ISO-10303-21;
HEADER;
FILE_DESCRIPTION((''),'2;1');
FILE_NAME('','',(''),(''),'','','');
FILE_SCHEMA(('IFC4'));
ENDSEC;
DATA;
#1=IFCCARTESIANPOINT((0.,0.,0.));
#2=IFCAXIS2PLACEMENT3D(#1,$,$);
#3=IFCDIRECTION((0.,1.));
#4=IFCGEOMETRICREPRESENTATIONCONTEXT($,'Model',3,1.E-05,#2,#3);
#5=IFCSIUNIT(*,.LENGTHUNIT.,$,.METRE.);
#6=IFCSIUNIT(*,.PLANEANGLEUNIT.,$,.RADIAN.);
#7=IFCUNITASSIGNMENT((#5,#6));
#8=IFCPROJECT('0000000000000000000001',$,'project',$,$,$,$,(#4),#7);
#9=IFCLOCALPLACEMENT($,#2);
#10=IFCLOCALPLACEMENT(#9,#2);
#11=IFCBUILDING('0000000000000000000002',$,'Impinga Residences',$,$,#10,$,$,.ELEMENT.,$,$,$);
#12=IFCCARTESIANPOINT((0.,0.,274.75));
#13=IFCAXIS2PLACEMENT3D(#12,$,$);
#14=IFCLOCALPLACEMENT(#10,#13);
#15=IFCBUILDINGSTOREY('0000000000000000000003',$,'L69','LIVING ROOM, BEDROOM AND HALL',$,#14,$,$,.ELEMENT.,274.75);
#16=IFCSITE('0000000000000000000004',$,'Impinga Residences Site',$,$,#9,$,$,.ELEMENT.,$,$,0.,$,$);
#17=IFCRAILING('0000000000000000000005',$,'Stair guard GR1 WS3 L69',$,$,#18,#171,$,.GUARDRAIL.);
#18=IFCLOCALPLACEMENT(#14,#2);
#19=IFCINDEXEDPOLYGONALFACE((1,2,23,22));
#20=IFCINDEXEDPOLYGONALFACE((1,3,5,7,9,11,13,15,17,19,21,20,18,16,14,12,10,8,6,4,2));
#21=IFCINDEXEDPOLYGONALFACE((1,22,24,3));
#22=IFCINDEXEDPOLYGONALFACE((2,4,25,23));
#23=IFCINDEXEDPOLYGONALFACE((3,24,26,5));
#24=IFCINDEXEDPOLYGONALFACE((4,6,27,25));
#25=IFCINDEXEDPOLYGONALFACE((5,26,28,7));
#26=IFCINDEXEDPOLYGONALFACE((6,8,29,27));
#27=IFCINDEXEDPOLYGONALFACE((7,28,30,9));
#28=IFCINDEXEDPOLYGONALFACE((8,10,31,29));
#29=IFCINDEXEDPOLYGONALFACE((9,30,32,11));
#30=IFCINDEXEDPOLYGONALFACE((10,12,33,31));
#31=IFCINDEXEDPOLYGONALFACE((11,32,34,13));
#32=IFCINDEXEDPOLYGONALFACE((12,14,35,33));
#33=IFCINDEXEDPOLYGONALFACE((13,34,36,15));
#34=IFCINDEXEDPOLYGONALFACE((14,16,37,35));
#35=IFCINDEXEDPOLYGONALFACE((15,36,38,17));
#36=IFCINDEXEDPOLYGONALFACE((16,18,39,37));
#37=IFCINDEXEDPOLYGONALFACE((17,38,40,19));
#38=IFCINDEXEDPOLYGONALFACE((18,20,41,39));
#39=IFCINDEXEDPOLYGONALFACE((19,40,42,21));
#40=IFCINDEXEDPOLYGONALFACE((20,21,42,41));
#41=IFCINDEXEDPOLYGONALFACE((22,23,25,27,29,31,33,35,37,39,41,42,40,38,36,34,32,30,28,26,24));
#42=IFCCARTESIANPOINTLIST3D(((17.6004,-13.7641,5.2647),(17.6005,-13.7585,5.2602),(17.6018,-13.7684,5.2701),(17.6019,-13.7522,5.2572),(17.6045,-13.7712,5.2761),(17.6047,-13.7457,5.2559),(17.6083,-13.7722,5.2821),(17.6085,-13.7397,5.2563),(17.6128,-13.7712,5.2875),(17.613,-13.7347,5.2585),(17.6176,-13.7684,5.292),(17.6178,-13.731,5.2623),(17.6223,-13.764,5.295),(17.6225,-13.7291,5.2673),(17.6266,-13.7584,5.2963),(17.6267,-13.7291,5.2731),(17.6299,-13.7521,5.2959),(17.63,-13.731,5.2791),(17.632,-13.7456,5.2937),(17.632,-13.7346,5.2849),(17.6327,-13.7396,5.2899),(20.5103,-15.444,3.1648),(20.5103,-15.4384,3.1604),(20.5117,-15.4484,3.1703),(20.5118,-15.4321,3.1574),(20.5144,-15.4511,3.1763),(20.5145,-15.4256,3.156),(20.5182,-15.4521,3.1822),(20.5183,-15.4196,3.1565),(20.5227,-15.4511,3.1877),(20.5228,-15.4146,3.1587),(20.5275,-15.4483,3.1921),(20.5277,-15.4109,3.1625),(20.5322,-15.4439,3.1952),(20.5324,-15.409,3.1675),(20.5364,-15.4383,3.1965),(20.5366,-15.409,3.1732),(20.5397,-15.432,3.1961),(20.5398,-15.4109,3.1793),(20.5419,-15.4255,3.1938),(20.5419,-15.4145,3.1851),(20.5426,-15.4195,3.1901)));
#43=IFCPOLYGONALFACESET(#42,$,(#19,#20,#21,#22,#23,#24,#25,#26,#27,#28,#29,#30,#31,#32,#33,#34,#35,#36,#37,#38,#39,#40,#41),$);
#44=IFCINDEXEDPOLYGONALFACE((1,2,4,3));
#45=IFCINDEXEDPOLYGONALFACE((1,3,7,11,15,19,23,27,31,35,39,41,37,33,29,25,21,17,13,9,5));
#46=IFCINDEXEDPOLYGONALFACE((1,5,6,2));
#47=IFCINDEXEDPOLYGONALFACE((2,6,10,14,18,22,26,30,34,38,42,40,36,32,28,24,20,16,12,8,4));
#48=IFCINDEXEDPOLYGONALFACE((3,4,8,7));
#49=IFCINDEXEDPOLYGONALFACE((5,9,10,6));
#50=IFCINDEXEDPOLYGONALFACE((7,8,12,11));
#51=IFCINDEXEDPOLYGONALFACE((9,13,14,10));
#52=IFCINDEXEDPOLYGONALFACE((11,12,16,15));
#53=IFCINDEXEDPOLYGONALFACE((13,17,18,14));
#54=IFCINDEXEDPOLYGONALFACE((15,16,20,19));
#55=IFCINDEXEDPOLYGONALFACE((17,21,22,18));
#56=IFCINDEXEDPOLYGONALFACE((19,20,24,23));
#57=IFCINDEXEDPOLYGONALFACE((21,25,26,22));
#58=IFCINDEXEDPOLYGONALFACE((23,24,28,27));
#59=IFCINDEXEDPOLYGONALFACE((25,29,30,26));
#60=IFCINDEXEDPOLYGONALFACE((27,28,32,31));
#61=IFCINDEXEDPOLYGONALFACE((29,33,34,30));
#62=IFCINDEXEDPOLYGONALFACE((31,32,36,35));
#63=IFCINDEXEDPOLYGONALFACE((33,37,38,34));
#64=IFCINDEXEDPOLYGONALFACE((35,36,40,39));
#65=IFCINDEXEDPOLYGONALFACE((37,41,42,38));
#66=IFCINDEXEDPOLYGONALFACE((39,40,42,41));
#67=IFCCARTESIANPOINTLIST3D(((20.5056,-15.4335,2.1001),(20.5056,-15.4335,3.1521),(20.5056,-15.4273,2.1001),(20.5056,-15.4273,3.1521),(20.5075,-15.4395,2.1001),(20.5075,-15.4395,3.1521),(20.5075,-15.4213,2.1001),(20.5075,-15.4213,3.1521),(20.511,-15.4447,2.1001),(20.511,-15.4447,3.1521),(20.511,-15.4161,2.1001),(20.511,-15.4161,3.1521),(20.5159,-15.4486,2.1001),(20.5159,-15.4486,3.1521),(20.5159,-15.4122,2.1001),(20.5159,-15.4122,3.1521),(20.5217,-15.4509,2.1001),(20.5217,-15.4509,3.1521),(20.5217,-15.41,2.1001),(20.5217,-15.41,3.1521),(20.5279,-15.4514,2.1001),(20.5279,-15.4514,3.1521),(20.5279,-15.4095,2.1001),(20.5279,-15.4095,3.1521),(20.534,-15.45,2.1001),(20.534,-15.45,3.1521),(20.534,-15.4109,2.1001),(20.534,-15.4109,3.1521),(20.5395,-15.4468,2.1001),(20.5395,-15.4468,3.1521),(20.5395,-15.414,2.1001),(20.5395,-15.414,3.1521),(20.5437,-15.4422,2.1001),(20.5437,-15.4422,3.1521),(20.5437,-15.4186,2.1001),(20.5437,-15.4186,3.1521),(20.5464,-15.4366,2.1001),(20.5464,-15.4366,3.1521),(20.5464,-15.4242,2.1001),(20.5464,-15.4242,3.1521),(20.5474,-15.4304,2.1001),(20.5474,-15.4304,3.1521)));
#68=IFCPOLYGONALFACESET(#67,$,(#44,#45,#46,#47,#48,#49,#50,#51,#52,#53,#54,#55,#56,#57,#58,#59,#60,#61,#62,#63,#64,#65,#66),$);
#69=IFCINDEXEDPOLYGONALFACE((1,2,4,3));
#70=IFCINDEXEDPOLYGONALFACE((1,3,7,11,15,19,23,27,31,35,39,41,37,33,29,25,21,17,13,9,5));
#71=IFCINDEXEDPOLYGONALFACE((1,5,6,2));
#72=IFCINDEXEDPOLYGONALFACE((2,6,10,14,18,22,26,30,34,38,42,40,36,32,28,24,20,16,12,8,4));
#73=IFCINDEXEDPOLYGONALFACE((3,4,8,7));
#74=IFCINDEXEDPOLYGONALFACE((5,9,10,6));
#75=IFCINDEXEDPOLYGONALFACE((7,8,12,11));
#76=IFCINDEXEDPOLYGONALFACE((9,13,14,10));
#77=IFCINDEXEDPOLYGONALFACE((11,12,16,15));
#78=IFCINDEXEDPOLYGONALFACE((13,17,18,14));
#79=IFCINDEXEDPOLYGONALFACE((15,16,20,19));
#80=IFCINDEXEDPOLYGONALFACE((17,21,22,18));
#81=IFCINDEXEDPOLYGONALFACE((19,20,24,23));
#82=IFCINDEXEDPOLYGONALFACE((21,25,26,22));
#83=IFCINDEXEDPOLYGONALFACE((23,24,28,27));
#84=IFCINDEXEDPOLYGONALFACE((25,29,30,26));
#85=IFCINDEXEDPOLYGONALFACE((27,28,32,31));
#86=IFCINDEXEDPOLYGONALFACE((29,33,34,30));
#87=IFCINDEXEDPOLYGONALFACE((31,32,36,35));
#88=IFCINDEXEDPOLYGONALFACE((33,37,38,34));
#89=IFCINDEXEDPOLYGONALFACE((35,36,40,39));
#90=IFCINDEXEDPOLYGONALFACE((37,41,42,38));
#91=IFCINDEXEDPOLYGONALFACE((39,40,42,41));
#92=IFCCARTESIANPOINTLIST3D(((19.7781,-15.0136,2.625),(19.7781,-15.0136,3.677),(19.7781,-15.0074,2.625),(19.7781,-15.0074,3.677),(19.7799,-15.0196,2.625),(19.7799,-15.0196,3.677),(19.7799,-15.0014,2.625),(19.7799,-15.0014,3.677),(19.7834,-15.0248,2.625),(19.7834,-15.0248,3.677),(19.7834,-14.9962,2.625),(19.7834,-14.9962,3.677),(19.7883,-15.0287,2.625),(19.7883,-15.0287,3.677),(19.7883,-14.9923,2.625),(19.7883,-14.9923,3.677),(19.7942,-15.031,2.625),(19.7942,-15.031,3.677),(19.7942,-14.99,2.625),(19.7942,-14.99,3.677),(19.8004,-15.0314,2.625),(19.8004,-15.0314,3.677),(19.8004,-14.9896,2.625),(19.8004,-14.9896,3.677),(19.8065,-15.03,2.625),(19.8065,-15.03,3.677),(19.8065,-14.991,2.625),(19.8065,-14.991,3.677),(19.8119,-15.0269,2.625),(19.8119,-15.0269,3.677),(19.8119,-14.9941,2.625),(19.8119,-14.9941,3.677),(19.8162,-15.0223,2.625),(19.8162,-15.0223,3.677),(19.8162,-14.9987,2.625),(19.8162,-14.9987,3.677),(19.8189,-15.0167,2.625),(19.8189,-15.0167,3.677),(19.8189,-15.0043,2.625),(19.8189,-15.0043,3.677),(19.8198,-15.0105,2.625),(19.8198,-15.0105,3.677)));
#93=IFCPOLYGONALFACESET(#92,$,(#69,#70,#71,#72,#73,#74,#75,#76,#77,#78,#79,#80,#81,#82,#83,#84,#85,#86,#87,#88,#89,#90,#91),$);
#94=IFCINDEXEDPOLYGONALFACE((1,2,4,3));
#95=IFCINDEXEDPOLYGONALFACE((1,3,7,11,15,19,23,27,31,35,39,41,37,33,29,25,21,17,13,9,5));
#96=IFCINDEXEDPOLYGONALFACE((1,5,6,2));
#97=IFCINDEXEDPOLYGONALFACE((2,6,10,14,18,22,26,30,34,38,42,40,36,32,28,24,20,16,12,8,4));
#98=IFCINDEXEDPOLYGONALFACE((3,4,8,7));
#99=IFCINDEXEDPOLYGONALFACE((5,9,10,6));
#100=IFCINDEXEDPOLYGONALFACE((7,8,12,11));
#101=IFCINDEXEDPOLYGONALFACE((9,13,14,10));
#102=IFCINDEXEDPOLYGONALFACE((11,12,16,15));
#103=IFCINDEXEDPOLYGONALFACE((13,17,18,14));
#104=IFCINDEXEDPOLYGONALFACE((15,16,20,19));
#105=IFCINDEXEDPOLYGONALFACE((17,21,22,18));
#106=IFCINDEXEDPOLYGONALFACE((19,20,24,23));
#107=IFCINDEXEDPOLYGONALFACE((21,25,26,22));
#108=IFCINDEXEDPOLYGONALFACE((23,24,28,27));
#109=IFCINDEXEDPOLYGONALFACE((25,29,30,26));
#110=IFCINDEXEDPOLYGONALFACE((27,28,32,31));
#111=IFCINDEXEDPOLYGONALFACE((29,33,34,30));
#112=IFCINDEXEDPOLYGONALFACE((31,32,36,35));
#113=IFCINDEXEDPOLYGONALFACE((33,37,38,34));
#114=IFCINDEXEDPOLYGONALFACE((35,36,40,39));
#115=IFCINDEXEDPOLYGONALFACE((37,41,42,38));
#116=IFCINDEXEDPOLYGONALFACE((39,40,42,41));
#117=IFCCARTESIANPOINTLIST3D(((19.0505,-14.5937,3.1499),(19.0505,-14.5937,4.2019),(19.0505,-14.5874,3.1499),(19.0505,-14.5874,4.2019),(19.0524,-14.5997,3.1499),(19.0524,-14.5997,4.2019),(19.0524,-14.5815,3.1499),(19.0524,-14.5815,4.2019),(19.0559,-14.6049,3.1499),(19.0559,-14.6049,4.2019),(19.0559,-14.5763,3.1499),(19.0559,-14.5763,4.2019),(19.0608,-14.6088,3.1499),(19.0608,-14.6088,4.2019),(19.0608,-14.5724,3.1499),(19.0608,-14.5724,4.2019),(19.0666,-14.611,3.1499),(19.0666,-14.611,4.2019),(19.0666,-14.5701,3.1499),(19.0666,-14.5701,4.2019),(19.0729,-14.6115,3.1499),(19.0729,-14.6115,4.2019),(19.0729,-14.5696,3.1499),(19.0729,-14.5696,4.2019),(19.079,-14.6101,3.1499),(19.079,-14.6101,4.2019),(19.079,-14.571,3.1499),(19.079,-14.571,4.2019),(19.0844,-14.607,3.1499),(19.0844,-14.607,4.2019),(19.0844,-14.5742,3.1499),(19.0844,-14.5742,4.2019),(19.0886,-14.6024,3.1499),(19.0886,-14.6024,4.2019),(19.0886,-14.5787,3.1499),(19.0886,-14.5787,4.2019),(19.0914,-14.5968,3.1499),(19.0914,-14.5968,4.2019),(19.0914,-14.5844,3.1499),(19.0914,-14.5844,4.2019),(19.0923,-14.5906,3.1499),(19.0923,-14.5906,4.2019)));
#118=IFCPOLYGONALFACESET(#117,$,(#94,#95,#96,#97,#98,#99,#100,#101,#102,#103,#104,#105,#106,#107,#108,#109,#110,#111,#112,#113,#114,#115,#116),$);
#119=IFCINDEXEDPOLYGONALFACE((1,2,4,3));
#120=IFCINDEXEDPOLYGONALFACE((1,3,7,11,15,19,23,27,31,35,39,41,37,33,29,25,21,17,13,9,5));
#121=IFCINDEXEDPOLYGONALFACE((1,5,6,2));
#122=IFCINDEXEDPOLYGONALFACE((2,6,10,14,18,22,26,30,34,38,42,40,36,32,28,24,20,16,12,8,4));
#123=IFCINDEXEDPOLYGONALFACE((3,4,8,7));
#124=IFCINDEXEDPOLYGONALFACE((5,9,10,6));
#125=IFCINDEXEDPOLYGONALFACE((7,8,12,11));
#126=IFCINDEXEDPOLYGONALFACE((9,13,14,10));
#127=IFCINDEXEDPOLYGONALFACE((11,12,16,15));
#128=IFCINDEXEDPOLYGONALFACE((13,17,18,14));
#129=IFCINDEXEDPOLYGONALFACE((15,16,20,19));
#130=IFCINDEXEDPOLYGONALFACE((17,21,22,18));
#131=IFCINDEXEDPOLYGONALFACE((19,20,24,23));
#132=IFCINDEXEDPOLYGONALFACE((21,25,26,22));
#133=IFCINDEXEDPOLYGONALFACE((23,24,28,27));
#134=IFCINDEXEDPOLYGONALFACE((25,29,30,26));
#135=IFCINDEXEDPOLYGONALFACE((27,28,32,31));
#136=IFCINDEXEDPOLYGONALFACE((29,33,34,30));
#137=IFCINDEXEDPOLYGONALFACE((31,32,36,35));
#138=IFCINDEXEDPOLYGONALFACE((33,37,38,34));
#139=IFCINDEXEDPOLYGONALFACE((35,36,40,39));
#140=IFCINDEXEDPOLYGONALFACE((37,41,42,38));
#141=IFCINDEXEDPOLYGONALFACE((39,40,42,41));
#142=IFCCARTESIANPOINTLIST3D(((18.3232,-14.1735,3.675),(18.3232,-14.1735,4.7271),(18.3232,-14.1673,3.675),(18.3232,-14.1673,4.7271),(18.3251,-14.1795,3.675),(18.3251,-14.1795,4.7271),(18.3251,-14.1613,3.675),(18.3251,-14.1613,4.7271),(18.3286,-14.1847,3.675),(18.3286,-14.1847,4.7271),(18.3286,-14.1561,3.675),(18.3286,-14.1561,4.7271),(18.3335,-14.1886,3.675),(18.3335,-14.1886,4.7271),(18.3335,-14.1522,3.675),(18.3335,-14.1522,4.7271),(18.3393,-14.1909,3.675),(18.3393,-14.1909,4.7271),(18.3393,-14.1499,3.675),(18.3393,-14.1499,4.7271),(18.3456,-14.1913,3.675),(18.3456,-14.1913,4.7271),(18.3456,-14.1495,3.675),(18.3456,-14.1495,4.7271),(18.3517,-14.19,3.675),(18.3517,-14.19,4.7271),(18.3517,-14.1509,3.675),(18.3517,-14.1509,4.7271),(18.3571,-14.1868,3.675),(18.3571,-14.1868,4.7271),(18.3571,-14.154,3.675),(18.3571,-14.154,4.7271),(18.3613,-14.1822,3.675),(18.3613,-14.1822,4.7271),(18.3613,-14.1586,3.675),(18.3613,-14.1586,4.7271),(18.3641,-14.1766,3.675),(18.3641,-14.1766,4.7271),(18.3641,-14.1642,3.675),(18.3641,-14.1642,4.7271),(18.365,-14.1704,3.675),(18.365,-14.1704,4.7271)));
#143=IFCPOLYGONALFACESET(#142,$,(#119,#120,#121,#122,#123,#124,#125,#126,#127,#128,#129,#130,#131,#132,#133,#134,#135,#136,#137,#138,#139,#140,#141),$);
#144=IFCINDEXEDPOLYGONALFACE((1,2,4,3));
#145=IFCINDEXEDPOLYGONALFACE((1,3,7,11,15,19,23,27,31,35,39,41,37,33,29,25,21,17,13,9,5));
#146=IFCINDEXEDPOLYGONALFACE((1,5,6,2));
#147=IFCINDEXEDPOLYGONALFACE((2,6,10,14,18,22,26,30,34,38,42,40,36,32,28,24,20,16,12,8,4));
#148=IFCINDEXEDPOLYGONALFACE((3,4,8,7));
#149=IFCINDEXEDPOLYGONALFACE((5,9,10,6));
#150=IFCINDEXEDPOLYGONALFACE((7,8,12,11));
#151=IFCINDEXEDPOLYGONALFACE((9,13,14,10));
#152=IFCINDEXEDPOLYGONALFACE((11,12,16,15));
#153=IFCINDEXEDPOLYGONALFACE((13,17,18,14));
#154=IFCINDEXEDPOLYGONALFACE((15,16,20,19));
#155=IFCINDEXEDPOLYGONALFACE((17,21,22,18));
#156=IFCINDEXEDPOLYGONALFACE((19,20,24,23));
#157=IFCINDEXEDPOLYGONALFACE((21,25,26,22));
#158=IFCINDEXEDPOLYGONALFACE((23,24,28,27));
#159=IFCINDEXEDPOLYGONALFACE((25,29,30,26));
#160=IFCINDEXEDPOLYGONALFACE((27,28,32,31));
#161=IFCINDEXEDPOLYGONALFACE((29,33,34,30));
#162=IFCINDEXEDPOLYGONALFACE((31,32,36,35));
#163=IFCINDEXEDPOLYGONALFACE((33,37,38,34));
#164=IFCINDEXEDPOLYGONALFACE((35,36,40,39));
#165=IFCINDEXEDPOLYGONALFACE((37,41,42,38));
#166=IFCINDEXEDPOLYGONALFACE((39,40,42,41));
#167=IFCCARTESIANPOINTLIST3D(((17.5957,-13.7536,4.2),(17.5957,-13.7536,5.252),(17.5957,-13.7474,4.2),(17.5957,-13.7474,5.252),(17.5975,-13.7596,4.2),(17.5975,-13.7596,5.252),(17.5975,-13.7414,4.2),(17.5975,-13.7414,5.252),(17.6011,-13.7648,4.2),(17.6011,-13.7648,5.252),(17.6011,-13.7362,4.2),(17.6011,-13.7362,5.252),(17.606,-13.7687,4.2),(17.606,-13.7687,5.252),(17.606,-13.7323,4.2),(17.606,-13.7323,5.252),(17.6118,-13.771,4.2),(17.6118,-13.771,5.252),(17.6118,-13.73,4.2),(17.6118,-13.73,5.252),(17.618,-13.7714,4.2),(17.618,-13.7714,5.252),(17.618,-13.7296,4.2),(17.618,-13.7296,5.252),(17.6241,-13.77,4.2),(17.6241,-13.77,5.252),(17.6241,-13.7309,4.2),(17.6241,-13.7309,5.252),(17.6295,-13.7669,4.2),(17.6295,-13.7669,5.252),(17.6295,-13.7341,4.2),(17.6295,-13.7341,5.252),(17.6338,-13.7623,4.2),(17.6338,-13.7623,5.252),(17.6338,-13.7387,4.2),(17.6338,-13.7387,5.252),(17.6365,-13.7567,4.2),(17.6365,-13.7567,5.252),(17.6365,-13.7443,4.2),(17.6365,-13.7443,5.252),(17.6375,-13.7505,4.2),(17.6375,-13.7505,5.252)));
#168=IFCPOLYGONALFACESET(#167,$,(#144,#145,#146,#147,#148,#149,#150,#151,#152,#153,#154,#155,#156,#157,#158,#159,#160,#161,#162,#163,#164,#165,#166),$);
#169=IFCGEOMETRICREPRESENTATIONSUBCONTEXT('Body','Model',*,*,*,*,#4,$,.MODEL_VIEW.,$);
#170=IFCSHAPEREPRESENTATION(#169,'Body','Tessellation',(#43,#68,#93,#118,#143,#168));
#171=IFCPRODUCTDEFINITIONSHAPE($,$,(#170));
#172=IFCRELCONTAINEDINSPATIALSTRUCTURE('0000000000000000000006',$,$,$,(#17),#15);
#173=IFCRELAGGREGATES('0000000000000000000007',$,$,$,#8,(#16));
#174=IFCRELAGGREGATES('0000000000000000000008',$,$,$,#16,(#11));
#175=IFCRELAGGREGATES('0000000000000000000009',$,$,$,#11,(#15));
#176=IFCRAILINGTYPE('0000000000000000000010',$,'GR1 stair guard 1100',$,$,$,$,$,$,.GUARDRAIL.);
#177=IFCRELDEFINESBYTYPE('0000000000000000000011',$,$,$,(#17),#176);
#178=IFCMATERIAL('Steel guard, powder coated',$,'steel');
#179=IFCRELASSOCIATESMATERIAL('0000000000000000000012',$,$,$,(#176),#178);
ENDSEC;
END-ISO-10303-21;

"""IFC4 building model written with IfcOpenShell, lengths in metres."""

from ifc_helpers import new_model, si_unit, direction, frame, origin, origin_2d, place, context, subcontext, project, spatial, circle, extrude, material, type_object, element, save


model = new_model("IFC4")

# Units and contexts
model_context = context("Model", 3, precision=1e-05, world=origin(), true_north=direction((0.0, 1.0)))
body_context = subcontext(model_context, "Body", "Model", "MODEL_VIEW")
ifc_project = project(units=[si_unit("LENGTHUNIT", "METRE"), si_unit("PLANEANGLEUNIT", "RADIAN")], contexts=[model_context])

# Site, building, storey
site_placement = place(None, origin())
site = spatial("IfcSite", under=ifc_project, at=site_placement, Name="Impinga Residences Site", CompositionType="ELEMENT", RefElevation=0.0)
building_placement = place(site_placement, origin())
building = spatial("IfcBuilding", under=site, at=building_placement, Name="Impinga Residences", CompositionType="ELEMENT")
storey_placement = place(building_placement, frame((0.0, 0.0, 274.75)))
storey = spatial("IfcBuildingStorey", under=building, at=storey_placement, Name="L69", Description="LIVING ROOM, BEDROOM AND HALL", CompositionType="ELEMENT", Elevation=274.75)

# Railing
ifc_material_1 = material(Name="Steel guard, powder coated", Category="steel")
railing_type = type_object("IfcRailingType", Name="GR1 stair guard 1100", PredefinedType="GUARDRAIL", material=ifc_material_1)
railing_placement = place(storey_placement, frame((20.5264, -15.4304, 2.1001)))
element("IfcRailing", 1, at=railing_placement, inside=storey, type_object=railing_type, Name="Stair guard GR1 WS3 L69", PredefinedType="GUARDRAIL", context=body_context, shape_type="SweptSolid", body=[
    extrude(circle(Radius=0.0239, at=origin_2d()), frame((0.0, 0.0, 1.0762), z_axis=(-0.734416, 0.423988, 0.52997), x_axis=(-0.499976, -0.866039, 0.0)), (0.0, 0.0, 1.0), 3.9622),
    extrude(circle(Radius=0.021, at=origin_2d()), origin(), (0.0, 0.0, 1.0), 1.052),
    extrude(circle(Radius=0.021, at=origin_2d()), frame((-0.7275, 0.4199, 0.5249)), (0.0, 0.0, 1.0), 1.052),
    extrude(circle(Radius=0.021, at=origin_2d()), frame((-1.4551, 0.8398, 1.0498)), (0.0, 0.0, 1.0), 1.052),
    extrude(circle(Radius=0.021, at=origin_2d()), frame((-2.1824, 1.26, 1.575)), (0.0, 0.0, 1.0), 1.052),
    extrude(circle(Radius=0.021, at=origin_2d()), frame((-2.9099, 1.6799, 2.0999)), (0.0, 0.0, 1.0), 1.052),
])

save(model, "model.ifc")
